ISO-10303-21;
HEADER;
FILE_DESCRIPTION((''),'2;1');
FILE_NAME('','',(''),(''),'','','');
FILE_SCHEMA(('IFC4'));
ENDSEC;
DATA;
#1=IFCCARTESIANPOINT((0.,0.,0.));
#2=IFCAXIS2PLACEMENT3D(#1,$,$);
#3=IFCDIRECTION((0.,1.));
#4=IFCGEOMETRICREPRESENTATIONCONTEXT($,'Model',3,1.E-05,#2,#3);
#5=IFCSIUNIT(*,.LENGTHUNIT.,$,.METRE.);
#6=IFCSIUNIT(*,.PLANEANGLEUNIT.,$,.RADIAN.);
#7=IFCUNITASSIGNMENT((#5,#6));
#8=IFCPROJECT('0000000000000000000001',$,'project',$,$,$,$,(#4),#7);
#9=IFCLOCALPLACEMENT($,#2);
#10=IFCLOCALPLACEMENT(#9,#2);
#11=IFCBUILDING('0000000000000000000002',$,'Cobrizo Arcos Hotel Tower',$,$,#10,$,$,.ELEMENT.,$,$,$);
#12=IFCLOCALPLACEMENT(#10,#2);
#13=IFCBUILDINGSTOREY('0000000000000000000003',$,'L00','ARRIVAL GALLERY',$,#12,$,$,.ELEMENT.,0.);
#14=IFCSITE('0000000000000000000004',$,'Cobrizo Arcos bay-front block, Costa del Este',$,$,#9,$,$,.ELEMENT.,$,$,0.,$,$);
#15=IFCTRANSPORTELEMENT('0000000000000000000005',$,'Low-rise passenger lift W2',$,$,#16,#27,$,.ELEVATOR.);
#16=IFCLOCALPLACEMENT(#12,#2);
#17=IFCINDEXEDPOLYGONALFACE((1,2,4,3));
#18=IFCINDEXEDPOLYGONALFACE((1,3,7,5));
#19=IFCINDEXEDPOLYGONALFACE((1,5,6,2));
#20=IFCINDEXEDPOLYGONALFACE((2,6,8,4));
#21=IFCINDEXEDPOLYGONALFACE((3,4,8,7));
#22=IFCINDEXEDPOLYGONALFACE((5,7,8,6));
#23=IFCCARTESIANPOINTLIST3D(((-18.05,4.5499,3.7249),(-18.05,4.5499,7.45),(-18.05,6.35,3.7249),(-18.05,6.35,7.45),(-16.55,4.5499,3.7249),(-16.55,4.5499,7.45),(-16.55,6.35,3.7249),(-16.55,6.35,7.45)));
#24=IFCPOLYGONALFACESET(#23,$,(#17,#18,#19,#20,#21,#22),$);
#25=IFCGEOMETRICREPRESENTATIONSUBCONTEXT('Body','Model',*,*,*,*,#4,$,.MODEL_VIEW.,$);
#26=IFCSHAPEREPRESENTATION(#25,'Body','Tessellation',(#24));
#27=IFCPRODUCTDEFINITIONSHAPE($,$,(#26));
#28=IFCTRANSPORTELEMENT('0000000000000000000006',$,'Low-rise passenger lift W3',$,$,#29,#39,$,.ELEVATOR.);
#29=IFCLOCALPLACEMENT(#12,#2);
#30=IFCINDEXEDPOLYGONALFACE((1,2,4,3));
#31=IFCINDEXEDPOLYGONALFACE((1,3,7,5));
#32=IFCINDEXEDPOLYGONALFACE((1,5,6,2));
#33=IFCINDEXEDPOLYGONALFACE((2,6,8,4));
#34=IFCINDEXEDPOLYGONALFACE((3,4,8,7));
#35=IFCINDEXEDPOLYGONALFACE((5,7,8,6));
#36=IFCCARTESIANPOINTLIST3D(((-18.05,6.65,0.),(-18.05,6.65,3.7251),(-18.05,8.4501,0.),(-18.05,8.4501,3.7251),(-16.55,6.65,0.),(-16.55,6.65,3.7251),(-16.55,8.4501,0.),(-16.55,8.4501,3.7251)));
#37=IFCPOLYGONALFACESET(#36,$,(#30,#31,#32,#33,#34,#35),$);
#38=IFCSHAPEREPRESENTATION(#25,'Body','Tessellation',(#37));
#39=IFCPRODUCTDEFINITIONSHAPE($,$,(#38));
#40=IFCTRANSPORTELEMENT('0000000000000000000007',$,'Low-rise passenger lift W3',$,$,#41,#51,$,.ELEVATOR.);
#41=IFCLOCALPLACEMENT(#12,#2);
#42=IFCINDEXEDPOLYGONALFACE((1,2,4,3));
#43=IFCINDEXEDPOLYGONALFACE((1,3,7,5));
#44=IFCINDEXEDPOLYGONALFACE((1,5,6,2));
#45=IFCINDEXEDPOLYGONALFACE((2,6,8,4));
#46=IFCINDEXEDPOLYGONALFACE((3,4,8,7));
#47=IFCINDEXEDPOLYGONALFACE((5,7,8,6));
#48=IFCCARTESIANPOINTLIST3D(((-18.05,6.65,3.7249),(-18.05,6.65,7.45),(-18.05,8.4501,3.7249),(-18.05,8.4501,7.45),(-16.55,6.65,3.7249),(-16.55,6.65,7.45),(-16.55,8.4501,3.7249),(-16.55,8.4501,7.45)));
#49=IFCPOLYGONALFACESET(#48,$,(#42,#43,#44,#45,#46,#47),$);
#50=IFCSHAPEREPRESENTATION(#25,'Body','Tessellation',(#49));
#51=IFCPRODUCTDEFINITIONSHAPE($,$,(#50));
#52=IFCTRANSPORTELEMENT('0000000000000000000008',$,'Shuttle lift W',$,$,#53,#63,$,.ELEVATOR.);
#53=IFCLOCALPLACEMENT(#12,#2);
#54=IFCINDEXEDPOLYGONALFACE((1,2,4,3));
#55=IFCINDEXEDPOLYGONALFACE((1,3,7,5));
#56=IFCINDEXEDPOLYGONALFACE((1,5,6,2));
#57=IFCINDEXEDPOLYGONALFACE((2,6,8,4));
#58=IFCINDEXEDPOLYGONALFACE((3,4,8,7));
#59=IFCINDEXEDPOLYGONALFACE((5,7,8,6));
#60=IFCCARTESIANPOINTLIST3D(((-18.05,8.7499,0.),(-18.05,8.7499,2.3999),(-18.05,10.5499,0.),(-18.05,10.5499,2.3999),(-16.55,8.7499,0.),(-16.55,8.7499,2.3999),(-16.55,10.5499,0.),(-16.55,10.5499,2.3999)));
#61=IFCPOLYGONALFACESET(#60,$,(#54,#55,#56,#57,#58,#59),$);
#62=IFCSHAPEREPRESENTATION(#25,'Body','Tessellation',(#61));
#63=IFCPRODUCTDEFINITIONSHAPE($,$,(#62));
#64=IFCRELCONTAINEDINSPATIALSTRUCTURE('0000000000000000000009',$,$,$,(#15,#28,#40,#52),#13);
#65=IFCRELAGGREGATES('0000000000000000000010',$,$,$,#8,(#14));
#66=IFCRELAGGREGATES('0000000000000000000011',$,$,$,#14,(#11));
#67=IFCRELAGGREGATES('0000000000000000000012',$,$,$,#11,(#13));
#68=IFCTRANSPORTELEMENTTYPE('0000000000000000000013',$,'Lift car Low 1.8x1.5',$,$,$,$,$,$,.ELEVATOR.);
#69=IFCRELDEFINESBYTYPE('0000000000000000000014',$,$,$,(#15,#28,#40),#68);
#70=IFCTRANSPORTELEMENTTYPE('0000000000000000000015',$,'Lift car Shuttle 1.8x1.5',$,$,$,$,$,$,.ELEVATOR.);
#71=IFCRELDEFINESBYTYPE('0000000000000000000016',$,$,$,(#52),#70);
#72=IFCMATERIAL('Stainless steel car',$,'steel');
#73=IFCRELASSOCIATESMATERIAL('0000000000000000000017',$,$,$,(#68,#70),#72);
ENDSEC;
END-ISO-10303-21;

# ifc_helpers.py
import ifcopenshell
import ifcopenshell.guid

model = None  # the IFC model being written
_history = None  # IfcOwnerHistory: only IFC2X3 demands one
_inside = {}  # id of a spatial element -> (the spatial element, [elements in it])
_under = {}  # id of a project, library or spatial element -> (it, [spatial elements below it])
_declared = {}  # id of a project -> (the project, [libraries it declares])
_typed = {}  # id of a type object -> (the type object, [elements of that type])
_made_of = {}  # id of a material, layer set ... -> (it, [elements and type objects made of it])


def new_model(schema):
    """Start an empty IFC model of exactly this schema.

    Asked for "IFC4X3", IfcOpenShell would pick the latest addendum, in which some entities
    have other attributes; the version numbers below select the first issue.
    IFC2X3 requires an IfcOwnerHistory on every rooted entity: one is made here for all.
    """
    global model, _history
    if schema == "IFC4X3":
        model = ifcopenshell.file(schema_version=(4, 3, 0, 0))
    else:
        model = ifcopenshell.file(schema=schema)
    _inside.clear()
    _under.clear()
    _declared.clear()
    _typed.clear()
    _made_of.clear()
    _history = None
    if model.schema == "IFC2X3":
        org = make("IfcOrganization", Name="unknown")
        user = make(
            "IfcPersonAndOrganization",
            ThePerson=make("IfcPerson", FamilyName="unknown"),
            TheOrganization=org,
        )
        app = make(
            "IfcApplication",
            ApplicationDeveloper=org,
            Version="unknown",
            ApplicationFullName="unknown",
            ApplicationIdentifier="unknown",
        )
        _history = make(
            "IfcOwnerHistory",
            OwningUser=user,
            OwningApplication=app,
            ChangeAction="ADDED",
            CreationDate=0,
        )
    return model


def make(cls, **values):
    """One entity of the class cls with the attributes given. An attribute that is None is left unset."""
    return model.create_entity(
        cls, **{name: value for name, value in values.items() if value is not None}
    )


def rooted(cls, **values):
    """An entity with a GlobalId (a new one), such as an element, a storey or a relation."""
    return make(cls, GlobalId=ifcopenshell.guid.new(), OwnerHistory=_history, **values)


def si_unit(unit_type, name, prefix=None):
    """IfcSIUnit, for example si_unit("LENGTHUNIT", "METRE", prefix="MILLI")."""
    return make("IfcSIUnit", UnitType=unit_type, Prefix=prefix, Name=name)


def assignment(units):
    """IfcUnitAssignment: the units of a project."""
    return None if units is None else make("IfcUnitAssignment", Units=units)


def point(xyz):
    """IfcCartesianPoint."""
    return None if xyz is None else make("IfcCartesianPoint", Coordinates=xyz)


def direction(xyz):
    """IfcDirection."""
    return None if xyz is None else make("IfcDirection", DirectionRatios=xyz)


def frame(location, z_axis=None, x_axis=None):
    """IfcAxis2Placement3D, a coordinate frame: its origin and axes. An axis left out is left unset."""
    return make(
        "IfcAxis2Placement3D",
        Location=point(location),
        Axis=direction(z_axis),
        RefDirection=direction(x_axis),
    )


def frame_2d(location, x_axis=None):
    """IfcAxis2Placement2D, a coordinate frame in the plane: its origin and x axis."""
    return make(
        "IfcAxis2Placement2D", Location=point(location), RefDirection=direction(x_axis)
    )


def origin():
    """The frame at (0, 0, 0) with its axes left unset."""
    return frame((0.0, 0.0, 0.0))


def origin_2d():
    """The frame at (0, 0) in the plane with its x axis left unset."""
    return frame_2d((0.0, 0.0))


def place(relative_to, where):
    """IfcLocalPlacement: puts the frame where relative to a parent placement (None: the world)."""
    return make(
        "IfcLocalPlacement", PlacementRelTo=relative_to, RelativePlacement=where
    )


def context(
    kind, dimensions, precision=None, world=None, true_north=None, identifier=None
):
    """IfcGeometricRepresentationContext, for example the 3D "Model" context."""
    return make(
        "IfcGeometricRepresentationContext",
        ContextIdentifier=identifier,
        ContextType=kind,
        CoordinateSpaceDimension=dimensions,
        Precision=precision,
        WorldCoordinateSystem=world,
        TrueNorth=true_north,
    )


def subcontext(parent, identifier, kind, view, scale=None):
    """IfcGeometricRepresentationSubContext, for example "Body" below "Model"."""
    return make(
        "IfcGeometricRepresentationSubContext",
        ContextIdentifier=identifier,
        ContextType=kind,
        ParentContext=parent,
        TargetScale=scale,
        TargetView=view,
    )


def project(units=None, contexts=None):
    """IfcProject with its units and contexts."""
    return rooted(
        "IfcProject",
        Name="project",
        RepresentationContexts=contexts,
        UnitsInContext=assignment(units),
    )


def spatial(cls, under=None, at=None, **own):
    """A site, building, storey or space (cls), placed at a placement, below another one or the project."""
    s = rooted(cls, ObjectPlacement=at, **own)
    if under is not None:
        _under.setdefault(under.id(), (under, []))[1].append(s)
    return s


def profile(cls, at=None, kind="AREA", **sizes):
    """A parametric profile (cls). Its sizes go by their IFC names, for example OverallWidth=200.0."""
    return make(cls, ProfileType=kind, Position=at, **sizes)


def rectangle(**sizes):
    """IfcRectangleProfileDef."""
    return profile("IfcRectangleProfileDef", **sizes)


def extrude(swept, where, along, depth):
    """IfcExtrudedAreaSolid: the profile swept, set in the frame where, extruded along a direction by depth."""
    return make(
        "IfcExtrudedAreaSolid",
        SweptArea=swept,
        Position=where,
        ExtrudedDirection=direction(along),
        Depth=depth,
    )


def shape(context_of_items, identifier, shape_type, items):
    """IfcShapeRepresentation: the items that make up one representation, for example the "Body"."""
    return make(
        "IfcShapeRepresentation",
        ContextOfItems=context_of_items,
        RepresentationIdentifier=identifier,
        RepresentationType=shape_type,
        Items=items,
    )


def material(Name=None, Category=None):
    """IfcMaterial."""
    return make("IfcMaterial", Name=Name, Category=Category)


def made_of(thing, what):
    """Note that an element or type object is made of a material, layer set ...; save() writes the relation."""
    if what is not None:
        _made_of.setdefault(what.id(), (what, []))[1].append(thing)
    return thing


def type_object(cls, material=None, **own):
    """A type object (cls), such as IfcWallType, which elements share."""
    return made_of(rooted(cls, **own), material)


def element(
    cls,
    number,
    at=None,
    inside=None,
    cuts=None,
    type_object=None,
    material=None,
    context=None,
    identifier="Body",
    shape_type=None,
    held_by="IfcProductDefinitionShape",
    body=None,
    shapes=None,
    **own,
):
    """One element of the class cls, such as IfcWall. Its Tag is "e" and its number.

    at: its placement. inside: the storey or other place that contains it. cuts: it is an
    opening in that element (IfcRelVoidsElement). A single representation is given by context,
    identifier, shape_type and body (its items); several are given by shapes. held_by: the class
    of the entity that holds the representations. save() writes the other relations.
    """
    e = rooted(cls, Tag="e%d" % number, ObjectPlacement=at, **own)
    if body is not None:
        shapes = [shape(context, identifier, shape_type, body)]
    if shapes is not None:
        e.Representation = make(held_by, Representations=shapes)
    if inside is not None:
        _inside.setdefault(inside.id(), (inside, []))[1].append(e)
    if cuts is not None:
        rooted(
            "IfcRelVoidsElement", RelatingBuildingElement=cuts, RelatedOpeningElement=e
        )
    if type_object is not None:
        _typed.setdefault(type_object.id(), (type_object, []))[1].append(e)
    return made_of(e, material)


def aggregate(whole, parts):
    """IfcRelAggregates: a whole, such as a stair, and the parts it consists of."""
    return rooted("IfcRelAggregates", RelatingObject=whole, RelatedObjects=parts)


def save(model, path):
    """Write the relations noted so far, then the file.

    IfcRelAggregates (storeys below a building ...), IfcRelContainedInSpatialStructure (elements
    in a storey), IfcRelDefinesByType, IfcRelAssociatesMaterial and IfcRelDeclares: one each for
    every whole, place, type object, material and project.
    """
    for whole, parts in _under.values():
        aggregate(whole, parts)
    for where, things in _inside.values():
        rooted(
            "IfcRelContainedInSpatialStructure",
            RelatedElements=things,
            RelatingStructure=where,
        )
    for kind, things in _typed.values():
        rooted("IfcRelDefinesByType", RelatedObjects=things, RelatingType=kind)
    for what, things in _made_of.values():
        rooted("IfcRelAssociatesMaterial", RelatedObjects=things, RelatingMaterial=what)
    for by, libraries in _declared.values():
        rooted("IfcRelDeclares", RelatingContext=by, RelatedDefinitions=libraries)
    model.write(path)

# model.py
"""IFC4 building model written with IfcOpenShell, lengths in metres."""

from ifc_helpers import new_model, si_unit, direction, frame, origin, origin_2d, place, context, subcontext, project, spatial, rectangle, extrude, material, type_object, element, save


model = new_model("IFC4")

# Units and contexts
model_context = context("Model", 3, precision=1e-05, world=origin(), true_north=direction((0.0, 1.0)))
body_context = subcontext(model_context, "Body", "Model", "MODEL_VIEW")
ifc_project = project(units=[si_unit("LENGTHUNIT", "METRE"), si_unit("PLANEANGLEUNIT", "RADIAN")], contexts=[model_context])

# Site, building, storey
site_placement = place(None, origin())
site = spatial("IfcSite", under=ifc_project, at=site_placement, Name="Cobrizo Arcos bay-front block, Costa del Este", CompositionType="ELEMENT", RefElevation=0.0)
building_placement = place(site_placement, origin())
building = spatial("IfcBuilding", under=site, at=building_placement, Name="Cobrizo Arcos Hotel Tower", CompositionType="ELEMENT")
storey_placement = place(building_placement, origin())
storey = spatial("IfcBuildingStorey", under=building, at=storey_placement, Name="L00", Description="ARRIVAL GALLERY", CompositionType="ELEMENT", Elevation=0.0)

# Transport elements
ifc_material_1 = material(Name="Stainless steel car", Category="steel")
transport_element_type_1 = type_object("IfcTransportElementType", Name="Lift car Low 1.8x1.5", PredefinedType="ELEVATOR", material=ifc_material_1)
for number, where, z_axis, x_axis, name in (
    (1, (-17.3, 5.45, 3.7249), (0.0, 0.0, 1.0), (1.0, 0.0, 0.0), "Low-rise passenger lift W2"),
    (2, (-17.3, 7.55, 0.0), (0.0, 0.0, 1.0), (1.0, 0.0, 0.0), "Low-rise passenger lift W3"),
    (3, (-17.3, 7.55, 3.7249), (0.0, 0.0, 1.0), (1.0, 0.0, 0.0), "Low-rise passenger lift W3"),
):
    element("IfcTransportElement", number, at=place(storey_placement, frame(where, z_axis=z_axis, x_axis=x_axis)), inside=storey, type_object=transport_element_type_1, Name=name, PredefinedType="ELEVATOR", context=body_context, shape_type="SweptSolid", body=[
        extrude(rectangle(XDim=1.5, YDim=1.8, at=origin_2d()), origin(), (0.0, 0.0, 1.0), 3.7251),
    ])
transport_element_type_2 = type_object("IfcTransportElementType", Name="Lift car Shuttle 1.8x1.5", PredefinedType="ELEVATOR", material=ifc_material_1)
transport_element_1_placement = place(storey_placement, frame((-17.3, 9.6499, 0.0), z_axis=(0.0, 0.0, 1.0), x_axis=(1.0, 0.0, 0.0)))
element("IfcTransportElement", 4, at=transport_element_1_placement, inside=storey, type_object=transport_element_type_2, Name="Shuttle lift W", PredefinedType="ELEVATOR", context=body_context, shape_type="SweptSolid", body=[
    extrude(rectangle(XDim=1.5, YDim=1.8, at=origin_2d()), origin(), (0.0, 0.0, 1.0), 2.3999),
])

save(model, "model.ifc")
